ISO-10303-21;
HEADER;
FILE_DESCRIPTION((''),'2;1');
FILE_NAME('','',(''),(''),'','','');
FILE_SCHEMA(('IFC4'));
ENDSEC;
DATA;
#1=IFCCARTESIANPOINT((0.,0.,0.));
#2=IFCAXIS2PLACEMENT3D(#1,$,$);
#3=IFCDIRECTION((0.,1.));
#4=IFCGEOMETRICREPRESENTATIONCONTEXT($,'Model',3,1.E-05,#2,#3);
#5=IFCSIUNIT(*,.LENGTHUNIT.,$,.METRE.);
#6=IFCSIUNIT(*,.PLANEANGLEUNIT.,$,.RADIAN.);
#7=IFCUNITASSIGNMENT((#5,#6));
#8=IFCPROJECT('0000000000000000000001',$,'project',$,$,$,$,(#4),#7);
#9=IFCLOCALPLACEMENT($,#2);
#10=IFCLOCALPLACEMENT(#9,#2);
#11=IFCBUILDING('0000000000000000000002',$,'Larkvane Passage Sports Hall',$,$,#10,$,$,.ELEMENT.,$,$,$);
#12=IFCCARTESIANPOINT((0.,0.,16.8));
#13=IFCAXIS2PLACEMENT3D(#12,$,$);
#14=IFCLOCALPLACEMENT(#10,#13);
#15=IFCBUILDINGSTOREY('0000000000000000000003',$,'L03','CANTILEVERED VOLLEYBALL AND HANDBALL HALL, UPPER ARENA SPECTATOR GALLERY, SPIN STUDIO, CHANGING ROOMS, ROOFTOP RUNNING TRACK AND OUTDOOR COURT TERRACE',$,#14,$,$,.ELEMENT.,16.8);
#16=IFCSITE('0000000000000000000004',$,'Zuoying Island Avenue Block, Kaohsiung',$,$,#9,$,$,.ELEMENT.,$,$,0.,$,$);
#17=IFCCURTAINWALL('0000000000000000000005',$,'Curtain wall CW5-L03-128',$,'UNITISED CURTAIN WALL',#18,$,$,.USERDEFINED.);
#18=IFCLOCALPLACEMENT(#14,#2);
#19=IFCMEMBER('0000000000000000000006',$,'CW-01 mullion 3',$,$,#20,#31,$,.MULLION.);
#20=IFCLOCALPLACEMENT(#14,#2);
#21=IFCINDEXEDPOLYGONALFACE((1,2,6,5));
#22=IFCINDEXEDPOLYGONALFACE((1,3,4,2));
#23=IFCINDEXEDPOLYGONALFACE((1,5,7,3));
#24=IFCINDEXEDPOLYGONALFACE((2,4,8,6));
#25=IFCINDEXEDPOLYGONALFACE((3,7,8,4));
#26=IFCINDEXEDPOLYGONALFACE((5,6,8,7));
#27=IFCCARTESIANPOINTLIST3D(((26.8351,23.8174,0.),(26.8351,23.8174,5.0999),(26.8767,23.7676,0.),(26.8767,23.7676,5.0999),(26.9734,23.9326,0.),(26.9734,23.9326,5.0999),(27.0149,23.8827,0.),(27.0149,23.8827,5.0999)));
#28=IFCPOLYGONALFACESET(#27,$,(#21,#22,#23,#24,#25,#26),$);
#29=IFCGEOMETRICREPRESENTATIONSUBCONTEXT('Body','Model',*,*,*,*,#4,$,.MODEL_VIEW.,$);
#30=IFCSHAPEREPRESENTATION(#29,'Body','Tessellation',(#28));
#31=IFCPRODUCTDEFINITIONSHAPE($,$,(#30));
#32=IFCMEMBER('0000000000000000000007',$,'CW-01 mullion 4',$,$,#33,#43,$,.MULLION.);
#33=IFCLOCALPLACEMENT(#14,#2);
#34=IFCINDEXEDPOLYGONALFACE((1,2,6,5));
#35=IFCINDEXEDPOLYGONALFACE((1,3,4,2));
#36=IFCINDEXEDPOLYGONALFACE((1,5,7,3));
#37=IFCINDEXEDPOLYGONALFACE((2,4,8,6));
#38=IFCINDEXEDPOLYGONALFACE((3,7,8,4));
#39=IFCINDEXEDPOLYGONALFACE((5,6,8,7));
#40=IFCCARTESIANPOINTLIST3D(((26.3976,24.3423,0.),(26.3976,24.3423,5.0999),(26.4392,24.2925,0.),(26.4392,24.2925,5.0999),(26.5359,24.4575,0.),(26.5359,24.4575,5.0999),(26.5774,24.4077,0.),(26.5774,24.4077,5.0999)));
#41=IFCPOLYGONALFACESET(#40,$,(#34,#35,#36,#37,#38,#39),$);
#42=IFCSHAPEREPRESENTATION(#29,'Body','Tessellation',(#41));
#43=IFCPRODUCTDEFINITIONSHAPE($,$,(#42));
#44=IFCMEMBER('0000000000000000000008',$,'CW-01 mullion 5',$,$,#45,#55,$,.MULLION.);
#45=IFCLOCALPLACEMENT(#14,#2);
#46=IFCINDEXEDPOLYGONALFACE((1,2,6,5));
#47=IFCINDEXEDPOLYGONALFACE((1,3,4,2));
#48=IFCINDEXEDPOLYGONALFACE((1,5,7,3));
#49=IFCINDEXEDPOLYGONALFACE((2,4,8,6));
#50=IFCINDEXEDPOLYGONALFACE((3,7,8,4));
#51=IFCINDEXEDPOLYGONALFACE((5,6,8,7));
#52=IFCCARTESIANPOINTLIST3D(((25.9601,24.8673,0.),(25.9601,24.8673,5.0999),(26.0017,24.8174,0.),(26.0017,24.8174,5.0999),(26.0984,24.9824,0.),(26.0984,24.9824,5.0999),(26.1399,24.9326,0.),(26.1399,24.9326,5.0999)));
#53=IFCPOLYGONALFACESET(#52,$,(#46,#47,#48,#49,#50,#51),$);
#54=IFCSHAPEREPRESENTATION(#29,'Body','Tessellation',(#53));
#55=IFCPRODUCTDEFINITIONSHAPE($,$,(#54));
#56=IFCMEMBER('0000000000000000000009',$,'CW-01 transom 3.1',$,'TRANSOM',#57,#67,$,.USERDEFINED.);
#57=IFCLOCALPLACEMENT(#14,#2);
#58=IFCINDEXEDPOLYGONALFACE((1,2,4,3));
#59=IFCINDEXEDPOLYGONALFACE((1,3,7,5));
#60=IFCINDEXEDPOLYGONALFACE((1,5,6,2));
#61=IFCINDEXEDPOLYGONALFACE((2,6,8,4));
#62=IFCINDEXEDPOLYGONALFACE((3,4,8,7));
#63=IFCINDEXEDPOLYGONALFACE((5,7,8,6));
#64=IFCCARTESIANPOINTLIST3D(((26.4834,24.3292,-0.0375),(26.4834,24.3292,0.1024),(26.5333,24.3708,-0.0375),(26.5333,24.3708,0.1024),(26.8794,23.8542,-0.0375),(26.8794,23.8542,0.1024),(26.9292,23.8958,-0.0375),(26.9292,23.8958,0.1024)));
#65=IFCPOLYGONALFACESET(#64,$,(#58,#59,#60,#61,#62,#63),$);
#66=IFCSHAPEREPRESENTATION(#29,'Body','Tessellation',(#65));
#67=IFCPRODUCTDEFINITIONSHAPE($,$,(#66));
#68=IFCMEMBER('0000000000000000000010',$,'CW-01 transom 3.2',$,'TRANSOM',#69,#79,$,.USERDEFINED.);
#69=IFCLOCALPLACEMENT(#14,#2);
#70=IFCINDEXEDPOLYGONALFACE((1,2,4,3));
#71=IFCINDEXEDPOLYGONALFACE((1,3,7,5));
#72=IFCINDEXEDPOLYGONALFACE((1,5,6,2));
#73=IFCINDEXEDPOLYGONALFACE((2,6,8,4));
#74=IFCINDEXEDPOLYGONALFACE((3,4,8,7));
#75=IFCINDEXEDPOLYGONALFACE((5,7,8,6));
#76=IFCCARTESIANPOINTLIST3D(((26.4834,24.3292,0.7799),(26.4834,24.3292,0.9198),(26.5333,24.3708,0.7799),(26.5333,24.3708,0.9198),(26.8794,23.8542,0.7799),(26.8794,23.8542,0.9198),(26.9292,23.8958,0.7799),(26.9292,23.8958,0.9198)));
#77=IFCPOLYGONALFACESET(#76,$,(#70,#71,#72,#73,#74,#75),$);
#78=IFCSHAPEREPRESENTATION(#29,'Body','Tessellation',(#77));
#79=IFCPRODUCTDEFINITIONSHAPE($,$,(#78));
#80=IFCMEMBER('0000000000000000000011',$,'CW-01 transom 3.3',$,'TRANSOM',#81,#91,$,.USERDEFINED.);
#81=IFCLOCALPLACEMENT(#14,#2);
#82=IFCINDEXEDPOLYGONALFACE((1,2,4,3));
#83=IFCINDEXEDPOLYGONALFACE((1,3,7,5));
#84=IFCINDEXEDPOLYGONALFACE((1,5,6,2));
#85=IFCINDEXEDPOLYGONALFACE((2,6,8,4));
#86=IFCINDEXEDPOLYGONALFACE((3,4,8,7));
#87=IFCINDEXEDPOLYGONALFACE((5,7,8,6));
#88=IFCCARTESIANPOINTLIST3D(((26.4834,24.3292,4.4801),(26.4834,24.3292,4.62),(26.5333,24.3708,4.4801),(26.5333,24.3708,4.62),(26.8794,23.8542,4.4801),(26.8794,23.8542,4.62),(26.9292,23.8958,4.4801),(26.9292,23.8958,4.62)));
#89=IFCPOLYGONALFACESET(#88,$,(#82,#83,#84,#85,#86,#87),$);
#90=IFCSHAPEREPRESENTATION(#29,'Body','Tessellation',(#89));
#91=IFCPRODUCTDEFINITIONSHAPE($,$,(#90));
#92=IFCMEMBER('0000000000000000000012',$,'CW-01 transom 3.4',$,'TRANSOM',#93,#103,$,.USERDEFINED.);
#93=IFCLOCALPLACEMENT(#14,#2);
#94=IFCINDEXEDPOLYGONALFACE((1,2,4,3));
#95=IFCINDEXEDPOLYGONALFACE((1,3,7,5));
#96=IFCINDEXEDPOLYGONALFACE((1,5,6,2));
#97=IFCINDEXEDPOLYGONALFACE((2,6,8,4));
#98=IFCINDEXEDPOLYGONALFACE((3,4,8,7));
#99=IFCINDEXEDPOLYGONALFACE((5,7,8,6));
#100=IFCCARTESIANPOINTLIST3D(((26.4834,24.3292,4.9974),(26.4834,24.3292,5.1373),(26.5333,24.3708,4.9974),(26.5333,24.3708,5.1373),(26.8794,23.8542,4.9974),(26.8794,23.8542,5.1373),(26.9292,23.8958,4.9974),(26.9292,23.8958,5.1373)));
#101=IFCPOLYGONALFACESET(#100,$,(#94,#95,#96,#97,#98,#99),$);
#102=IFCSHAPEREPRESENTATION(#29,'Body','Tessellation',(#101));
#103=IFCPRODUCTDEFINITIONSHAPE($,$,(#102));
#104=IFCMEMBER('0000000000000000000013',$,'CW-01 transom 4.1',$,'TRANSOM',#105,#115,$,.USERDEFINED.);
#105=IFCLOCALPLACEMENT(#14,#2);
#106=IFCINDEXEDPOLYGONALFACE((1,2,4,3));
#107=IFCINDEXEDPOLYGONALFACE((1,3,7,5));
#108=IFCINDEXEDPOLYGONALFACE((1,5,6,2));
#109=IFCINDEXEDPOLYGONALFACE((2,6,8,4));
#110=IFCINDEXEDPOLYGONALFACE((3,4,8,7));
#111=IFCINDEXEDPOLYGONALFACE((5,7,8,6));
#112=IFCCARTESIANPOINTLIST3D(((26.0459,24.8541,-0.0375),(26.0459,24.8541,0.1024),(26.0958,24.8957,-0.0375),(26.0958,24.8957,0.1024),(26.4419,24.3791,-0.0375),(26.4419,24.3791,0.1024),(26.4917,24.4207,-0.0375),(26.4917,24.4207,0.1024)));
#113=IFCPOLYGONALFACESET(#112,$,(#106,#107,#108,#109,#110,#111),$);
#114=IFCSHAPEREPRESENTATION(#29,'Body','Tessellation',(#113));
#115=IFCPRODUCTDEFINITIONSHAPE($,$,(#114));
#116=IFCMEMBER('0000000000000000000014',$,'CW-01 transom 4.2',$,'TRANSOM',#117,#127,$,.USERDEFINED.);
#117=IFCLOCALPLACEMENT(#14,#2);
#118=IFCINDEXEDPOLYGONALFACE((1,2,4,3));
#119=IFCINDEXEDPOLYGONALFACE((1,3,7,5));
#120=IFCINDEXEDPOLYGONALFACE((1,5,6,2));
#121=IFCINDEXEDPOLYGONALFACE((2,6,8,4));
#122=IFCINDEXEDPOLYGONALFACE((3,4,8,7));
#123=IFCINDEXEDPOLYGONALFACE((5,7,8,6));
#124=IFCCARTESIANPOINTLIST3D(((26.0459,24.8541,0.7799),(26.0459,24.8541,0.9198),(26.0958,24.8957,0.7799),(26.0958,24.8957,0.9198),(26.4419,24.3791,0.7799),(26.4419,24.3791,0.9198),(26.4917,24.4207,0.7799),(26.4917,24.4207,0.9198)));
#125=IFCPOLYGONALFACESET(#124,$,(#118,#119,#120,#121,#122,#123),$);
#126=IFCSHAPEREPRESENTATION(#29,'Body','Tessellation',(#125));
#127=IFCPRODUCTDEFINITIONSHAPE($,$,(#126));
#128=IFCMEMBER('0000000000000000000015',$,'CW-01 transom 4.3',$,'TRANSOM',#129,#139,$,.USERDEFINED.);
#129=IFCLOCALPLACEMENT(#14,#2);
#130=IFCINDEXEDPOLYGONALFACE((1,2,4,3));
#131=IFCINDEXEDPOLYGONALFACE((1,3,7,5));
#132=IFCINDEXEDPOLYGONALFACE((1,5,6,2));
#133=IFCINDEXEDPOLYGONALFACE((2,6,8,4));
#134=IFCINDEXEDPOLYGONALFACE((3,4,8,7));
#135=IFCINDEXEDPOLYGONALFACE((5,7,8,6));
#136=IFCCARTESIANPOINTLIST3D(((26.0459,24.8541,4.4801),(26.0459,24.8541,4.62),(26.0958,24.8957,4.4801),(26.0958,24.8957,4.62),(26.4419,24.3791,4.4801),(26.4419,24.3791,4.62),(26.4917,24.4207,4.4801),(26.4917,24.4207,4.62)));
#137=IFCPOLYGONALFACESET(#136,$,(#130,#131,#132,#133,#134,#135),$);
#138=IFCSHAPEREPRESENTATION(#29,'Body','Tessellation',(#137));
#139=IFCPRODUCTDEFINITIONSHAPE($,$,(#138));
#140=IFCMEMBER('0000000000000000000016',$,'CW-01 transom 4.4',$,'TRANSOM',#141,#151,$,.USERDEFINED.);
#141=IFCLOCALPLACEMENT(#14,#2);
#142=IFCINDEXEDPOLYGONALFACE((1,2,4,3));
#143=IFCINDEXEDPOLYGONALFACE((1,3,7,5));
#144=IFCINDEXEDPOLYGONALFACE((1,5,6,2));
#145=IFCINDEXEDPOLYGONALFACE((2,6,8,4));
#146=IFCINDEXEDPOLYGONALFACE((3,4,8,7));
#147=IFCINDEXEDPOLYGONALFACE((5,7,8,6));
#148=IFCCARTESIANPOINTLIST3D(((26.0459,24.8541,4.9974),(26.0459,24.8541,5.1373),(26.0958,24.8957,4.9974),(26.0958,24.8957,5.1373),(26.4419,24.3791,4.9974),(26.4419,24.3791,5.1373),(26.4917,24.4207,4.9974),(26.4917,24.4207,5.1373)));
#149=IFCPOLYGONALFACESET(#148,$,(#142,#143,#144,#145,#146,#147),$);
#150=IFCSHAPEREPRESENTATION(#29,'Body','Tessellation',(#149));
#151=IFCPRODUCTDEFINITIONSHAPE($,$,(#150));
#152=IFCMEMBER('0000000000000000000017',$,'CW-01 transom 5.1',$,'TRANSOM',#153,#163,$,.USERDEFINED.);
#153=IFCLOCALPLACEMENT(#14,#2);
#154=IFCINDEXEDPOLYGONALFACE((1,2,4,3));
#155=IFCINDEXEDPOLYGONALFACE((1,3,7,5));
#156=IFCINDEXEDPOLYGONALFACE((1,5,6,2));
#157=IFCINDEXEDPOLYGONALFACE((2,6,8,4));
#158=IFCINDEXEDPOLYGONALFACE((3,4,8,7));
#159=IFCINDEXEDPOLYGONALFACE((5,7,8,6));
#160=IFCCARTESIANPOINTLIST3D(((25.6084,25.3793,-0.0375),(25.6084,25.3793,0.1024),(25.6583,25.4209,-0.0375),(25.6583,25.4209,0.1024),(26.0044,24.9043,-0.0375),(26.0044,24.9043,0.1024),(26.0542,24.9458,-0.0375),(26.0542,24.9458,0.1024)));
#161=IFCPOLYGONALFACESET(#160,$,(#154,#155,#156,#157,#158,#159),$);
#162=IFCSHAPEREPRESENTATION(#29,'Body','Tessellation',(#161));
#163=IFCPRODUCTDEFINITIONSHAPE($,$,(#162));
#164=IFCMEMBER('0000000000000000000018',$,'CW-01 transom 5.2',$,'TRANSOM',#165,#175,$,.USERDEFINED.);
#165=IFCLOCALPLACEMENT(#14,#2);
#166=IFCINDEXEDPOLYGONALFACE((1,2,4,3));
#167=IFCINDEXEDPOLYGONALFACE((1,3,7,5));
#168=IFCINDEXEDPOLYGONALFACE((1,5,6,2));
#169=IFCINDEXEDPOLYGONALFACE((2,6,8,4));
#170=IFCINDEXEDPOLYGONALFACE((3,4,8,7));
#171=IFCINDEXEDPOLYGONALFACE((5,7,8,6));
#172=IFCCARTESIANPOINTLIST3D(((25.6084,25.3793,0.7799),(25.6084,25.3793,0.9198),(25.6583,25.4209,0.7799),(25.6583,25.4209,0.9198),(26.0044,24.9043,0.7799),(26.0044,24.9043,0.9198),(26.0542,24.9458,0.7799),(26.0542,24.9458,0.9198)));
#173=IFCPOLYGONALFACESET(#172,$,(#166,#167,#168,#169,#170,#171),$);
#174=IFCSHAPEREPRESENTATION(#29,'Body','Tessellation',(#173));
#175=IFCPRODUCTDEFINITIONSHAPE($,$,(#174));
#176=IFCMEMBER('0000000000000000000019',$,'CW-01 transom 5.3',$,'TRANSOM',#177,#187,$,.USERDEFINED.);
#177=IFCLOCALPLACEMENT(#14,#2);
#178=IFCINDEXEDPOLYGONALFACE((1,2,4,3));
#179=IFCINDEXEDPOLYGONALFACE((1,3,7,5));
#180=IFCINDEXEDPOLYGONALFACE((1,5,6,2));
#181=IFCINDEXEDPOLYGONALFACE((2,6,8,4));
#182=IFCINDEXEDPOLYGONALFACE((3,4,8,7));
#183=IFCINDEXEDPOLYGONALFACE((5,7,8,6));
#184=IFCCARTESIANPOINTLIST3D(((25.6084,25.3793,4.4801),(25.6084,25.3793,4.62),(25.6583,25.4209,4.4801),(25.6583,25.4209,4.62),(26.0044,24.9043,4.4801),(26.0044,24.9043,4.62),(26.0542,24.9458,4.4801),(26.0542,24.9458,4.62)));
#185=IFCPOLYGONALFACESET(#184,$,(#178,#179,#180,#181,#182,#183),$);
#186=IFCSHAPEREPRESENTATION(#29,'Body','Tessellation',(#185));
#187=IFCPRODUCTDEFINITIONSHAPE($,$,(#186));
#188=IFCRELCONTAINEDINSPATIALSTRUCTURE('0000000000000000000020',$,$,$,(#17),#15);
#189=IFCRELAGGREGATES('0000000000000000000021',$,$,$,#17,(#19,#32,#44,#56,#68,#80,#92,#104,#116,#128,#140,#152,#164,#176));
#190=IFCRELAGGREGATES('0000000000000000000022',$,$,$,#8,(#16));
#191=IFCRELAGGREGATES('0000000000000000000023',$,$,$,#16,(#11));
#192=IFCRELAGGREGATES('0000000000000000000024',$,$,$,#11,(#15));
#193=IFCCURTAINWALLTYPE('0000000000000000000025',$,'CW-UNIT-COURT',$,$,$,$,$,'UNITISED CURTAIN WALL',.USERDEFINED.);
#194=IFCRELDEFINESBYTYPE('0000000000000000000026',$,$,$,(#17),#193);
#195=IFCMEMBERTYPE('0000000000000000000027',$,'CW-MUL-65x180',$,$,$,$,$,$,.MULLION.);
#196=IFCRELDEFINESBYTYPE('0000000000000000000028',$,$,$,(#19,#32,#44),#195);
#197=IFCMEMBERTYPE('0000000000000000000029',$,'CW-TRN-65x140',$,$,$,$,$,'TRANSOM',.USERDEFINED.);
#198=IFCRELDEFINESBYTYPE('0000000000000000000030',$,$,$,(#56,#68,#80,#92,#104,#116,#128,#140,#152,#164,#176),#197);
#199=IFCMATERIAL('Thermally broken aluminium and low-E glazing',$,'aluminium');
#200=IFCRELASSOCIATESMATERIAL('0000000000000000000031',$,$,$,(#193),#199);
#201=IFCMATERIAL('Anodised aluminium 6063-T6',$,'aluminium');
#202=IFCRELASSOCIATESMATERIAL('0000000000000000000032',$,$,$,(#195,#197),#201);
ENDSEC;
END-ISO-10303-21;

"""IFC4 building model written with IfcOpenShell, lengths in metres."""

from ifc_helpers import new_model, si_unit, direction, frame, origin, origin_2d, place, context, subcontext, project, spatial, rectangle, extrude, material, material_profile, profile_set, type_object, element, aggregate, save


model = new_model("IFC4")

# Units and contexts
model_context = context("Model", 3, precision=1e-05, world=origin(), true_north=direction((0.0, 1.0)))
body_context = subcontext(model_context, "Body", "Model", "MODEL_VIEW")
ifc_project = project(units=[si_unit("LENGTHUNIT", "METRE"), si_unit("PLANEANGLEUNIT", "RADIAN")], contexts=[model_context])

# Site, building, storey
site_placement = place(None, origin())
site = spatial("IfcSite", under=ifc_project, at=site_placement, Name="Zuoying Island Avenue Block, Kaohsiung", CompositionType="ELEMENT", RefElevation=0.0)
building_placement = place(site_placement, origin())
building = spatial("IfcBuilding", under=site, at=building_placement, Name="Larkvane Passage Sports Hall", CompositionType="ELEMENT")
storey_placement = place(building_placement, frame((0.0, 0.0, 16.8)))
storey = spatial("IfcBuildingStorey", under=building, at=storey_placement, Name="L03", Description="CANTILEVERED VOLLEYBALL AND HANDBALL HALL, UPPER ARENA SPECTATOR GALLERY, SPIN STUDIO, CHANGING ROOMS, ROOFTOP RUNNING TRACK AND OUTDOOR COURT TERRACE", CompositionType="ELEMENT", Elevation=16.8)

# Curtain wall, members
ifc_material_1 = material(Name="Thermally broken aluminium and low-E glazing", Category="aluminium")
curtain_wall_type = type_object("IfcCurtainWallType", Name="CW-UNIT-COURT", ElementType="UNITISED CURTAIN WALL", PredefinedType="USERDEFINED", material=ifc_material_1)
curtain_wall_placement = place(storey_placement, origin())
curtain_wall = element("IfcCurtainWall", 1, at=curtain_wall_placement, inside=storey, type_object=curtain_wall_type, Name="Curtain wall CW5-L03-128", ObjectType="UNITISED CURTAIN WALL", PredefinedType="USERDEFINED")
ifc_material_2 = material(Name="Anodised aluminium 6063-T6", Category="aluminium")
ifc_material_profile_1 = material_profile(ifc_material_2, rectangle(XDim=0.0649, YDim=0.1799, at=origin_2d()), Name="ALU-MUL-65x180")
ifc_profile_set_1 = profile_set([ifc_material_profile_1], Name="Anodised aluminium 6063-T6")
member_type_1 = type_object("IfcMemberType", Name="CW-MUL-65x180", PredefinedType="MULLION", material=ifc_profile_set_1)
member_1_placement = place(storey_placement, frame((26.925, 23.8501, 0.0), z_axis=(0.0, 0.0, 1.0), x_axis=(-0.640184, 0.768221, 0.0)))
member_1 = element("IfcMember", 2, at=member_1_placement, type_object=member_type_1, Name="CW-01 mullion 3", PredefinedType="MULLION", context=body_context, shape_type="SweptSolid", body=[
    extrude(rectangle(XDim=0.0649, YDim=0.1799, at=origin_2d()), origin(), (0.0, 0.0, 1.0), 5.0999),
])
member_2_placement = place(storey_placement, frame((26.4875, 24.375, 0.0), z_axis=(0.0, 0.0, 1.0), x_axis=(-0.640184, 0.768221, 0.0)))
member_2 = element("IfcMember", 3, at=member_2_placement, type_object=member_type_1, Name="CW-01 mullion 4", PredefinedType="MULLION", context=body_context, shape_type="SweptSolid", body=[
    extrude(rectangle(XDim=0.0649, YDim=0.1799, at=origin_2d()), origin(), (0.0, 0.0, 1.0), 5.0999),
])
member_3_placement = place(storey_placement, frame((26.05, 24.8999, 0.0), z_axis=(0.0, 0.0, 1.0), x_axis=(-0.640184, 0.768221, 0.0)))
member_3 = element("IfcMember", 4, at=member_3_placement, type_object=member_type_1, Name="CW-01 mullion 5", PredefinedType="MULLION", context=body_context, shape_type="SweptSolid", body=[
    extrude(rectangle(XDim=0.0649, YDim=0.1799, at=origin_2d()), origin(), (0.0, 0.0, 1.0), 5.0999),
])
ifc_material_profile_2 = material_profile(ifc_material_2, rectangle(XDim=0.0649, YDim=0.1399, at=origin_2d()), Name="ALU-TRN-65x140")
ifc_profile_set_2 = profile_set([ifc_material_profile_2], Name="Anodised aluminium 6063-T6")
member_type_2 = type_object("IfcMemberType", Name="CW-TRN-65x140", ElementType="TRANSOM", PredefinedType="USERDEFINED", material=ifc_profile_set_2)
member_4_placement = place(storey_placement, frame((26.9043, 23.875, 0.0325), z_axis=(-0.640262, 0.768157, 0.0), x_axis=(-0.768157, -0.640262, 0.0)))
member_4 = element("IfcMember", 5, at=member_4_placement, type_object=member_type_2, Name="CW-01 transom 3.1", ObjectType="TRANSOM", PredefinedType="USERDEFINED", context=body_context, shape_type="SweptSolid", body=[
    extrude(rectangle(XDim=0.0649, YDim=0.1399, at=origin_2d()), origin(), (0.0, 0.0, 1.0), 0.6184),
])
member_5_placement = place(storey_placement, frame((26.9043, 23.875, 0.8499), z_axis=(-0.640262, 0.768157, 0.0), x_axis=(-0.768157, -0.640262, 0.0)))
member_5 = element("IfcMember", 6, at=member_5_placement, type_object=member_type_2, Name="CW-01 transom 3.2", ObjectType="TRANSOM", PredefinedType="USERDEFINED", context=body_context, shape_type="SweptSolid", body=[
    extrude(rectangle(XDim=0.0649, YDim=0.1399, at=origin_2d()), origin(), (0.0, 0.0, 1.0), 0.6184),
])
member_6_placement = place(storey_placement, frame((26.9043, 23.875, 4.55), z_axis=(-0.640262, 0.768157, 0.0), x_axis=(-0.768157, -0.640262, 0.0)))
member_6 = element("IfcMember", 7, at=member_6_placement, type_object=member_type_2, Name="CW-01 transom 3.3", ObjectType="TRANSOM", PredefinedType="USERDEFINED", context=body_context, shape_type="SweptSolid", body=[
    extrude(rectangle(XDim=0.0649, YDim=0.1399, at=origin_2d()), origin(), (0.0, 0.0, 1.0), 0.6184),
])
member_7_placement = place(storey_placement, frame((26.9043, 23.875, 5.0674), z_axis=(-0.640262, 0.768157, 0.0), x_axis=(-0.768157, -0.640262, 0.0)))
member_7 = element("IfcMember", 8, at=member_7_placement, type_object=member_type_2, Name="CW-01 transom 3.4", ObjectType="TRANSOM", PredefinedType="USERDEFINED", context=body_context, shape_type="SweptSolid", body=[
    extrude(rectangle(XDim=0.0649, YDim=0.1399, at=origin_2d()), origin(), (0.0, 0.0, 1.0), 0.6184),
])
member_8_placement = place(storey_placement, frame((26.4668, 24.3999, 0.0325), z_axis=(-0.640262, 0.768157, 0.0), x_axis=(-0.768157, -0.640262, 0.0)))
member_8 = element("IfcMember", 9, at=member_8_placement, type_object=member_type_2, Name="CW-01 transom 4.1", ObjectType="TRANSOM", PredefinedType="USERDEFINED", context=body_context, shape_type="SweptSolid", body=[
    extrude(rectangle(XDim=0.0649, YDim=0.1399, at=origin_2d()), origin(), (0.0, 0.0, 1.0), 0.6184),
])
member_9_placement = place(storey_placement, frame((26.4668, 24.3999, 0.8499), z_axis=(-0.640262, 0.768157, 0.0), x_axis=(-0.768157, -0.640262, 0.0)))
member_9 = element("IfcMember", 10, at=member_9_placement, type_object=member_type_2, Name="CW-01 transom 4.2", ObjectType="TRANSOM", PredefinedType="USERDEFINED", context=body_context, shape_type="SweptSolid", body=[
    extrude(rectangle(XDim=0.0649, YDim=0.1399, at=origin_2d()), origin(), (0.0, 0.0, 1.0), 0.6184),
])
member_10_placement = place(storey_placement, frame((26.4668, 24.3999, 4.55), z_axis=(-0.640262, 0.768157, 0.0), x_axis=(-0.768157, -0.640262, 0.0)))
member_10 = element("IfcMember", 11, at=member_10_placement, type_object=member_type_2, Name="CW-01 transom 4.3", ObjectType="TRANSOM", PredefinedType="USERDEFINED", context=body_context, shape_type="SweptSolid", body=[
    extrude(rectangle(XDim=0.0649, YDim=0.1399, at=origin_2d()), origin(), (0.0, 0.0, 1.0), 0.6184),
])
member_11_placement = place(storey_placement, frame((26.4668, 24.3999, 5.0674), z_axis=(-0.640262, 0.768157, 0.0), x_axis=(-0.768157, -0.640262, 0.0)))
member_11 = element("IfcMember", 12, at=member_11_placement, type_object=member_type_2, Name="CW-01 transom 4.4", ObjectType="TRANSOM", PredefinedType="USERDEFINED", context=body_context, shape_type="SweptSolid", body=[
    extrude(rectangle(XDim=0.0649, YDim=0.1399, at=origin_2d()), origin(), (0.0, 0.0, 1.0), 0.6184),
])
member_12_placement = place(storey_placement, frame((26.0293, 24.925, 0.0325), z_axis=(-0.640262, 0.768157, 0.0), x_axis=(-0.768157, -0.640262, 0.0)))
member_12 = element("IfcMember", 13, at=member_12_placement, type_object=member_type_2, Name="CW-01 transom 5.1", ObjectType="TRANSOM", PredefinedType="USERDEFINED", context=body_context, shape_type="SweptSolid", body=[
    extrude(rectangle(XDim=0.0649, YDim=0.1399, at=origin_2d()), origin(), (0.0, 0.0, 1.0), 0.6184),
])
member_13_placement = place(storey_placement, frame((26.0293, 24.925, 0.8499), z_axis=(-0.640262, 0.768157, 0.0), x_axis=(-0.768157, -0.640262, 0.0)))
member_13 = element("IfcMember", 14, at=member_13_placement, type_object=member_type_2, Name="CW-01 transom 5.2", ObjectType="TRANSOM", PredefinedType="USERDEFINED", context=body_context, shape_type="SweptSolid", body=[
    extrude(rectangle(XDim=0.0649, YDim=0.1399, at=origin_2d()), origin(), (0.0, 0.0, 1.0), 0.6184),
])
member_14_placement = place(storey_placement, frame((26.0293, 24.925, 4.55), z_axis=(-0.640262, 0.768157, 0.0), x_axis=(-0.768157, -0.640262, 0.0)))
member_14 = element("IfcMember", 15, at=member_14_placement, type_object=member_type_2, Name="CW-01 transom 5.3", ObjectType="TRANSOM", PredefinedType="USERDEFINED", context=body_context, shape_type="SweptSolid", body=[
    extrude(rectangle(XDim=0.0649, YDim=0.1399, at=origin_2d()), origin(), (0.0, 0.0, 1.0), 0.6184),
])
aggregate(curtain_wall, [member_1, member_2, member_3, member_4, member_5, member_6, member_7, member_8, member_9, member_10, member_11, member_12, member_13, member_14])

save(model, "model.ifc")
